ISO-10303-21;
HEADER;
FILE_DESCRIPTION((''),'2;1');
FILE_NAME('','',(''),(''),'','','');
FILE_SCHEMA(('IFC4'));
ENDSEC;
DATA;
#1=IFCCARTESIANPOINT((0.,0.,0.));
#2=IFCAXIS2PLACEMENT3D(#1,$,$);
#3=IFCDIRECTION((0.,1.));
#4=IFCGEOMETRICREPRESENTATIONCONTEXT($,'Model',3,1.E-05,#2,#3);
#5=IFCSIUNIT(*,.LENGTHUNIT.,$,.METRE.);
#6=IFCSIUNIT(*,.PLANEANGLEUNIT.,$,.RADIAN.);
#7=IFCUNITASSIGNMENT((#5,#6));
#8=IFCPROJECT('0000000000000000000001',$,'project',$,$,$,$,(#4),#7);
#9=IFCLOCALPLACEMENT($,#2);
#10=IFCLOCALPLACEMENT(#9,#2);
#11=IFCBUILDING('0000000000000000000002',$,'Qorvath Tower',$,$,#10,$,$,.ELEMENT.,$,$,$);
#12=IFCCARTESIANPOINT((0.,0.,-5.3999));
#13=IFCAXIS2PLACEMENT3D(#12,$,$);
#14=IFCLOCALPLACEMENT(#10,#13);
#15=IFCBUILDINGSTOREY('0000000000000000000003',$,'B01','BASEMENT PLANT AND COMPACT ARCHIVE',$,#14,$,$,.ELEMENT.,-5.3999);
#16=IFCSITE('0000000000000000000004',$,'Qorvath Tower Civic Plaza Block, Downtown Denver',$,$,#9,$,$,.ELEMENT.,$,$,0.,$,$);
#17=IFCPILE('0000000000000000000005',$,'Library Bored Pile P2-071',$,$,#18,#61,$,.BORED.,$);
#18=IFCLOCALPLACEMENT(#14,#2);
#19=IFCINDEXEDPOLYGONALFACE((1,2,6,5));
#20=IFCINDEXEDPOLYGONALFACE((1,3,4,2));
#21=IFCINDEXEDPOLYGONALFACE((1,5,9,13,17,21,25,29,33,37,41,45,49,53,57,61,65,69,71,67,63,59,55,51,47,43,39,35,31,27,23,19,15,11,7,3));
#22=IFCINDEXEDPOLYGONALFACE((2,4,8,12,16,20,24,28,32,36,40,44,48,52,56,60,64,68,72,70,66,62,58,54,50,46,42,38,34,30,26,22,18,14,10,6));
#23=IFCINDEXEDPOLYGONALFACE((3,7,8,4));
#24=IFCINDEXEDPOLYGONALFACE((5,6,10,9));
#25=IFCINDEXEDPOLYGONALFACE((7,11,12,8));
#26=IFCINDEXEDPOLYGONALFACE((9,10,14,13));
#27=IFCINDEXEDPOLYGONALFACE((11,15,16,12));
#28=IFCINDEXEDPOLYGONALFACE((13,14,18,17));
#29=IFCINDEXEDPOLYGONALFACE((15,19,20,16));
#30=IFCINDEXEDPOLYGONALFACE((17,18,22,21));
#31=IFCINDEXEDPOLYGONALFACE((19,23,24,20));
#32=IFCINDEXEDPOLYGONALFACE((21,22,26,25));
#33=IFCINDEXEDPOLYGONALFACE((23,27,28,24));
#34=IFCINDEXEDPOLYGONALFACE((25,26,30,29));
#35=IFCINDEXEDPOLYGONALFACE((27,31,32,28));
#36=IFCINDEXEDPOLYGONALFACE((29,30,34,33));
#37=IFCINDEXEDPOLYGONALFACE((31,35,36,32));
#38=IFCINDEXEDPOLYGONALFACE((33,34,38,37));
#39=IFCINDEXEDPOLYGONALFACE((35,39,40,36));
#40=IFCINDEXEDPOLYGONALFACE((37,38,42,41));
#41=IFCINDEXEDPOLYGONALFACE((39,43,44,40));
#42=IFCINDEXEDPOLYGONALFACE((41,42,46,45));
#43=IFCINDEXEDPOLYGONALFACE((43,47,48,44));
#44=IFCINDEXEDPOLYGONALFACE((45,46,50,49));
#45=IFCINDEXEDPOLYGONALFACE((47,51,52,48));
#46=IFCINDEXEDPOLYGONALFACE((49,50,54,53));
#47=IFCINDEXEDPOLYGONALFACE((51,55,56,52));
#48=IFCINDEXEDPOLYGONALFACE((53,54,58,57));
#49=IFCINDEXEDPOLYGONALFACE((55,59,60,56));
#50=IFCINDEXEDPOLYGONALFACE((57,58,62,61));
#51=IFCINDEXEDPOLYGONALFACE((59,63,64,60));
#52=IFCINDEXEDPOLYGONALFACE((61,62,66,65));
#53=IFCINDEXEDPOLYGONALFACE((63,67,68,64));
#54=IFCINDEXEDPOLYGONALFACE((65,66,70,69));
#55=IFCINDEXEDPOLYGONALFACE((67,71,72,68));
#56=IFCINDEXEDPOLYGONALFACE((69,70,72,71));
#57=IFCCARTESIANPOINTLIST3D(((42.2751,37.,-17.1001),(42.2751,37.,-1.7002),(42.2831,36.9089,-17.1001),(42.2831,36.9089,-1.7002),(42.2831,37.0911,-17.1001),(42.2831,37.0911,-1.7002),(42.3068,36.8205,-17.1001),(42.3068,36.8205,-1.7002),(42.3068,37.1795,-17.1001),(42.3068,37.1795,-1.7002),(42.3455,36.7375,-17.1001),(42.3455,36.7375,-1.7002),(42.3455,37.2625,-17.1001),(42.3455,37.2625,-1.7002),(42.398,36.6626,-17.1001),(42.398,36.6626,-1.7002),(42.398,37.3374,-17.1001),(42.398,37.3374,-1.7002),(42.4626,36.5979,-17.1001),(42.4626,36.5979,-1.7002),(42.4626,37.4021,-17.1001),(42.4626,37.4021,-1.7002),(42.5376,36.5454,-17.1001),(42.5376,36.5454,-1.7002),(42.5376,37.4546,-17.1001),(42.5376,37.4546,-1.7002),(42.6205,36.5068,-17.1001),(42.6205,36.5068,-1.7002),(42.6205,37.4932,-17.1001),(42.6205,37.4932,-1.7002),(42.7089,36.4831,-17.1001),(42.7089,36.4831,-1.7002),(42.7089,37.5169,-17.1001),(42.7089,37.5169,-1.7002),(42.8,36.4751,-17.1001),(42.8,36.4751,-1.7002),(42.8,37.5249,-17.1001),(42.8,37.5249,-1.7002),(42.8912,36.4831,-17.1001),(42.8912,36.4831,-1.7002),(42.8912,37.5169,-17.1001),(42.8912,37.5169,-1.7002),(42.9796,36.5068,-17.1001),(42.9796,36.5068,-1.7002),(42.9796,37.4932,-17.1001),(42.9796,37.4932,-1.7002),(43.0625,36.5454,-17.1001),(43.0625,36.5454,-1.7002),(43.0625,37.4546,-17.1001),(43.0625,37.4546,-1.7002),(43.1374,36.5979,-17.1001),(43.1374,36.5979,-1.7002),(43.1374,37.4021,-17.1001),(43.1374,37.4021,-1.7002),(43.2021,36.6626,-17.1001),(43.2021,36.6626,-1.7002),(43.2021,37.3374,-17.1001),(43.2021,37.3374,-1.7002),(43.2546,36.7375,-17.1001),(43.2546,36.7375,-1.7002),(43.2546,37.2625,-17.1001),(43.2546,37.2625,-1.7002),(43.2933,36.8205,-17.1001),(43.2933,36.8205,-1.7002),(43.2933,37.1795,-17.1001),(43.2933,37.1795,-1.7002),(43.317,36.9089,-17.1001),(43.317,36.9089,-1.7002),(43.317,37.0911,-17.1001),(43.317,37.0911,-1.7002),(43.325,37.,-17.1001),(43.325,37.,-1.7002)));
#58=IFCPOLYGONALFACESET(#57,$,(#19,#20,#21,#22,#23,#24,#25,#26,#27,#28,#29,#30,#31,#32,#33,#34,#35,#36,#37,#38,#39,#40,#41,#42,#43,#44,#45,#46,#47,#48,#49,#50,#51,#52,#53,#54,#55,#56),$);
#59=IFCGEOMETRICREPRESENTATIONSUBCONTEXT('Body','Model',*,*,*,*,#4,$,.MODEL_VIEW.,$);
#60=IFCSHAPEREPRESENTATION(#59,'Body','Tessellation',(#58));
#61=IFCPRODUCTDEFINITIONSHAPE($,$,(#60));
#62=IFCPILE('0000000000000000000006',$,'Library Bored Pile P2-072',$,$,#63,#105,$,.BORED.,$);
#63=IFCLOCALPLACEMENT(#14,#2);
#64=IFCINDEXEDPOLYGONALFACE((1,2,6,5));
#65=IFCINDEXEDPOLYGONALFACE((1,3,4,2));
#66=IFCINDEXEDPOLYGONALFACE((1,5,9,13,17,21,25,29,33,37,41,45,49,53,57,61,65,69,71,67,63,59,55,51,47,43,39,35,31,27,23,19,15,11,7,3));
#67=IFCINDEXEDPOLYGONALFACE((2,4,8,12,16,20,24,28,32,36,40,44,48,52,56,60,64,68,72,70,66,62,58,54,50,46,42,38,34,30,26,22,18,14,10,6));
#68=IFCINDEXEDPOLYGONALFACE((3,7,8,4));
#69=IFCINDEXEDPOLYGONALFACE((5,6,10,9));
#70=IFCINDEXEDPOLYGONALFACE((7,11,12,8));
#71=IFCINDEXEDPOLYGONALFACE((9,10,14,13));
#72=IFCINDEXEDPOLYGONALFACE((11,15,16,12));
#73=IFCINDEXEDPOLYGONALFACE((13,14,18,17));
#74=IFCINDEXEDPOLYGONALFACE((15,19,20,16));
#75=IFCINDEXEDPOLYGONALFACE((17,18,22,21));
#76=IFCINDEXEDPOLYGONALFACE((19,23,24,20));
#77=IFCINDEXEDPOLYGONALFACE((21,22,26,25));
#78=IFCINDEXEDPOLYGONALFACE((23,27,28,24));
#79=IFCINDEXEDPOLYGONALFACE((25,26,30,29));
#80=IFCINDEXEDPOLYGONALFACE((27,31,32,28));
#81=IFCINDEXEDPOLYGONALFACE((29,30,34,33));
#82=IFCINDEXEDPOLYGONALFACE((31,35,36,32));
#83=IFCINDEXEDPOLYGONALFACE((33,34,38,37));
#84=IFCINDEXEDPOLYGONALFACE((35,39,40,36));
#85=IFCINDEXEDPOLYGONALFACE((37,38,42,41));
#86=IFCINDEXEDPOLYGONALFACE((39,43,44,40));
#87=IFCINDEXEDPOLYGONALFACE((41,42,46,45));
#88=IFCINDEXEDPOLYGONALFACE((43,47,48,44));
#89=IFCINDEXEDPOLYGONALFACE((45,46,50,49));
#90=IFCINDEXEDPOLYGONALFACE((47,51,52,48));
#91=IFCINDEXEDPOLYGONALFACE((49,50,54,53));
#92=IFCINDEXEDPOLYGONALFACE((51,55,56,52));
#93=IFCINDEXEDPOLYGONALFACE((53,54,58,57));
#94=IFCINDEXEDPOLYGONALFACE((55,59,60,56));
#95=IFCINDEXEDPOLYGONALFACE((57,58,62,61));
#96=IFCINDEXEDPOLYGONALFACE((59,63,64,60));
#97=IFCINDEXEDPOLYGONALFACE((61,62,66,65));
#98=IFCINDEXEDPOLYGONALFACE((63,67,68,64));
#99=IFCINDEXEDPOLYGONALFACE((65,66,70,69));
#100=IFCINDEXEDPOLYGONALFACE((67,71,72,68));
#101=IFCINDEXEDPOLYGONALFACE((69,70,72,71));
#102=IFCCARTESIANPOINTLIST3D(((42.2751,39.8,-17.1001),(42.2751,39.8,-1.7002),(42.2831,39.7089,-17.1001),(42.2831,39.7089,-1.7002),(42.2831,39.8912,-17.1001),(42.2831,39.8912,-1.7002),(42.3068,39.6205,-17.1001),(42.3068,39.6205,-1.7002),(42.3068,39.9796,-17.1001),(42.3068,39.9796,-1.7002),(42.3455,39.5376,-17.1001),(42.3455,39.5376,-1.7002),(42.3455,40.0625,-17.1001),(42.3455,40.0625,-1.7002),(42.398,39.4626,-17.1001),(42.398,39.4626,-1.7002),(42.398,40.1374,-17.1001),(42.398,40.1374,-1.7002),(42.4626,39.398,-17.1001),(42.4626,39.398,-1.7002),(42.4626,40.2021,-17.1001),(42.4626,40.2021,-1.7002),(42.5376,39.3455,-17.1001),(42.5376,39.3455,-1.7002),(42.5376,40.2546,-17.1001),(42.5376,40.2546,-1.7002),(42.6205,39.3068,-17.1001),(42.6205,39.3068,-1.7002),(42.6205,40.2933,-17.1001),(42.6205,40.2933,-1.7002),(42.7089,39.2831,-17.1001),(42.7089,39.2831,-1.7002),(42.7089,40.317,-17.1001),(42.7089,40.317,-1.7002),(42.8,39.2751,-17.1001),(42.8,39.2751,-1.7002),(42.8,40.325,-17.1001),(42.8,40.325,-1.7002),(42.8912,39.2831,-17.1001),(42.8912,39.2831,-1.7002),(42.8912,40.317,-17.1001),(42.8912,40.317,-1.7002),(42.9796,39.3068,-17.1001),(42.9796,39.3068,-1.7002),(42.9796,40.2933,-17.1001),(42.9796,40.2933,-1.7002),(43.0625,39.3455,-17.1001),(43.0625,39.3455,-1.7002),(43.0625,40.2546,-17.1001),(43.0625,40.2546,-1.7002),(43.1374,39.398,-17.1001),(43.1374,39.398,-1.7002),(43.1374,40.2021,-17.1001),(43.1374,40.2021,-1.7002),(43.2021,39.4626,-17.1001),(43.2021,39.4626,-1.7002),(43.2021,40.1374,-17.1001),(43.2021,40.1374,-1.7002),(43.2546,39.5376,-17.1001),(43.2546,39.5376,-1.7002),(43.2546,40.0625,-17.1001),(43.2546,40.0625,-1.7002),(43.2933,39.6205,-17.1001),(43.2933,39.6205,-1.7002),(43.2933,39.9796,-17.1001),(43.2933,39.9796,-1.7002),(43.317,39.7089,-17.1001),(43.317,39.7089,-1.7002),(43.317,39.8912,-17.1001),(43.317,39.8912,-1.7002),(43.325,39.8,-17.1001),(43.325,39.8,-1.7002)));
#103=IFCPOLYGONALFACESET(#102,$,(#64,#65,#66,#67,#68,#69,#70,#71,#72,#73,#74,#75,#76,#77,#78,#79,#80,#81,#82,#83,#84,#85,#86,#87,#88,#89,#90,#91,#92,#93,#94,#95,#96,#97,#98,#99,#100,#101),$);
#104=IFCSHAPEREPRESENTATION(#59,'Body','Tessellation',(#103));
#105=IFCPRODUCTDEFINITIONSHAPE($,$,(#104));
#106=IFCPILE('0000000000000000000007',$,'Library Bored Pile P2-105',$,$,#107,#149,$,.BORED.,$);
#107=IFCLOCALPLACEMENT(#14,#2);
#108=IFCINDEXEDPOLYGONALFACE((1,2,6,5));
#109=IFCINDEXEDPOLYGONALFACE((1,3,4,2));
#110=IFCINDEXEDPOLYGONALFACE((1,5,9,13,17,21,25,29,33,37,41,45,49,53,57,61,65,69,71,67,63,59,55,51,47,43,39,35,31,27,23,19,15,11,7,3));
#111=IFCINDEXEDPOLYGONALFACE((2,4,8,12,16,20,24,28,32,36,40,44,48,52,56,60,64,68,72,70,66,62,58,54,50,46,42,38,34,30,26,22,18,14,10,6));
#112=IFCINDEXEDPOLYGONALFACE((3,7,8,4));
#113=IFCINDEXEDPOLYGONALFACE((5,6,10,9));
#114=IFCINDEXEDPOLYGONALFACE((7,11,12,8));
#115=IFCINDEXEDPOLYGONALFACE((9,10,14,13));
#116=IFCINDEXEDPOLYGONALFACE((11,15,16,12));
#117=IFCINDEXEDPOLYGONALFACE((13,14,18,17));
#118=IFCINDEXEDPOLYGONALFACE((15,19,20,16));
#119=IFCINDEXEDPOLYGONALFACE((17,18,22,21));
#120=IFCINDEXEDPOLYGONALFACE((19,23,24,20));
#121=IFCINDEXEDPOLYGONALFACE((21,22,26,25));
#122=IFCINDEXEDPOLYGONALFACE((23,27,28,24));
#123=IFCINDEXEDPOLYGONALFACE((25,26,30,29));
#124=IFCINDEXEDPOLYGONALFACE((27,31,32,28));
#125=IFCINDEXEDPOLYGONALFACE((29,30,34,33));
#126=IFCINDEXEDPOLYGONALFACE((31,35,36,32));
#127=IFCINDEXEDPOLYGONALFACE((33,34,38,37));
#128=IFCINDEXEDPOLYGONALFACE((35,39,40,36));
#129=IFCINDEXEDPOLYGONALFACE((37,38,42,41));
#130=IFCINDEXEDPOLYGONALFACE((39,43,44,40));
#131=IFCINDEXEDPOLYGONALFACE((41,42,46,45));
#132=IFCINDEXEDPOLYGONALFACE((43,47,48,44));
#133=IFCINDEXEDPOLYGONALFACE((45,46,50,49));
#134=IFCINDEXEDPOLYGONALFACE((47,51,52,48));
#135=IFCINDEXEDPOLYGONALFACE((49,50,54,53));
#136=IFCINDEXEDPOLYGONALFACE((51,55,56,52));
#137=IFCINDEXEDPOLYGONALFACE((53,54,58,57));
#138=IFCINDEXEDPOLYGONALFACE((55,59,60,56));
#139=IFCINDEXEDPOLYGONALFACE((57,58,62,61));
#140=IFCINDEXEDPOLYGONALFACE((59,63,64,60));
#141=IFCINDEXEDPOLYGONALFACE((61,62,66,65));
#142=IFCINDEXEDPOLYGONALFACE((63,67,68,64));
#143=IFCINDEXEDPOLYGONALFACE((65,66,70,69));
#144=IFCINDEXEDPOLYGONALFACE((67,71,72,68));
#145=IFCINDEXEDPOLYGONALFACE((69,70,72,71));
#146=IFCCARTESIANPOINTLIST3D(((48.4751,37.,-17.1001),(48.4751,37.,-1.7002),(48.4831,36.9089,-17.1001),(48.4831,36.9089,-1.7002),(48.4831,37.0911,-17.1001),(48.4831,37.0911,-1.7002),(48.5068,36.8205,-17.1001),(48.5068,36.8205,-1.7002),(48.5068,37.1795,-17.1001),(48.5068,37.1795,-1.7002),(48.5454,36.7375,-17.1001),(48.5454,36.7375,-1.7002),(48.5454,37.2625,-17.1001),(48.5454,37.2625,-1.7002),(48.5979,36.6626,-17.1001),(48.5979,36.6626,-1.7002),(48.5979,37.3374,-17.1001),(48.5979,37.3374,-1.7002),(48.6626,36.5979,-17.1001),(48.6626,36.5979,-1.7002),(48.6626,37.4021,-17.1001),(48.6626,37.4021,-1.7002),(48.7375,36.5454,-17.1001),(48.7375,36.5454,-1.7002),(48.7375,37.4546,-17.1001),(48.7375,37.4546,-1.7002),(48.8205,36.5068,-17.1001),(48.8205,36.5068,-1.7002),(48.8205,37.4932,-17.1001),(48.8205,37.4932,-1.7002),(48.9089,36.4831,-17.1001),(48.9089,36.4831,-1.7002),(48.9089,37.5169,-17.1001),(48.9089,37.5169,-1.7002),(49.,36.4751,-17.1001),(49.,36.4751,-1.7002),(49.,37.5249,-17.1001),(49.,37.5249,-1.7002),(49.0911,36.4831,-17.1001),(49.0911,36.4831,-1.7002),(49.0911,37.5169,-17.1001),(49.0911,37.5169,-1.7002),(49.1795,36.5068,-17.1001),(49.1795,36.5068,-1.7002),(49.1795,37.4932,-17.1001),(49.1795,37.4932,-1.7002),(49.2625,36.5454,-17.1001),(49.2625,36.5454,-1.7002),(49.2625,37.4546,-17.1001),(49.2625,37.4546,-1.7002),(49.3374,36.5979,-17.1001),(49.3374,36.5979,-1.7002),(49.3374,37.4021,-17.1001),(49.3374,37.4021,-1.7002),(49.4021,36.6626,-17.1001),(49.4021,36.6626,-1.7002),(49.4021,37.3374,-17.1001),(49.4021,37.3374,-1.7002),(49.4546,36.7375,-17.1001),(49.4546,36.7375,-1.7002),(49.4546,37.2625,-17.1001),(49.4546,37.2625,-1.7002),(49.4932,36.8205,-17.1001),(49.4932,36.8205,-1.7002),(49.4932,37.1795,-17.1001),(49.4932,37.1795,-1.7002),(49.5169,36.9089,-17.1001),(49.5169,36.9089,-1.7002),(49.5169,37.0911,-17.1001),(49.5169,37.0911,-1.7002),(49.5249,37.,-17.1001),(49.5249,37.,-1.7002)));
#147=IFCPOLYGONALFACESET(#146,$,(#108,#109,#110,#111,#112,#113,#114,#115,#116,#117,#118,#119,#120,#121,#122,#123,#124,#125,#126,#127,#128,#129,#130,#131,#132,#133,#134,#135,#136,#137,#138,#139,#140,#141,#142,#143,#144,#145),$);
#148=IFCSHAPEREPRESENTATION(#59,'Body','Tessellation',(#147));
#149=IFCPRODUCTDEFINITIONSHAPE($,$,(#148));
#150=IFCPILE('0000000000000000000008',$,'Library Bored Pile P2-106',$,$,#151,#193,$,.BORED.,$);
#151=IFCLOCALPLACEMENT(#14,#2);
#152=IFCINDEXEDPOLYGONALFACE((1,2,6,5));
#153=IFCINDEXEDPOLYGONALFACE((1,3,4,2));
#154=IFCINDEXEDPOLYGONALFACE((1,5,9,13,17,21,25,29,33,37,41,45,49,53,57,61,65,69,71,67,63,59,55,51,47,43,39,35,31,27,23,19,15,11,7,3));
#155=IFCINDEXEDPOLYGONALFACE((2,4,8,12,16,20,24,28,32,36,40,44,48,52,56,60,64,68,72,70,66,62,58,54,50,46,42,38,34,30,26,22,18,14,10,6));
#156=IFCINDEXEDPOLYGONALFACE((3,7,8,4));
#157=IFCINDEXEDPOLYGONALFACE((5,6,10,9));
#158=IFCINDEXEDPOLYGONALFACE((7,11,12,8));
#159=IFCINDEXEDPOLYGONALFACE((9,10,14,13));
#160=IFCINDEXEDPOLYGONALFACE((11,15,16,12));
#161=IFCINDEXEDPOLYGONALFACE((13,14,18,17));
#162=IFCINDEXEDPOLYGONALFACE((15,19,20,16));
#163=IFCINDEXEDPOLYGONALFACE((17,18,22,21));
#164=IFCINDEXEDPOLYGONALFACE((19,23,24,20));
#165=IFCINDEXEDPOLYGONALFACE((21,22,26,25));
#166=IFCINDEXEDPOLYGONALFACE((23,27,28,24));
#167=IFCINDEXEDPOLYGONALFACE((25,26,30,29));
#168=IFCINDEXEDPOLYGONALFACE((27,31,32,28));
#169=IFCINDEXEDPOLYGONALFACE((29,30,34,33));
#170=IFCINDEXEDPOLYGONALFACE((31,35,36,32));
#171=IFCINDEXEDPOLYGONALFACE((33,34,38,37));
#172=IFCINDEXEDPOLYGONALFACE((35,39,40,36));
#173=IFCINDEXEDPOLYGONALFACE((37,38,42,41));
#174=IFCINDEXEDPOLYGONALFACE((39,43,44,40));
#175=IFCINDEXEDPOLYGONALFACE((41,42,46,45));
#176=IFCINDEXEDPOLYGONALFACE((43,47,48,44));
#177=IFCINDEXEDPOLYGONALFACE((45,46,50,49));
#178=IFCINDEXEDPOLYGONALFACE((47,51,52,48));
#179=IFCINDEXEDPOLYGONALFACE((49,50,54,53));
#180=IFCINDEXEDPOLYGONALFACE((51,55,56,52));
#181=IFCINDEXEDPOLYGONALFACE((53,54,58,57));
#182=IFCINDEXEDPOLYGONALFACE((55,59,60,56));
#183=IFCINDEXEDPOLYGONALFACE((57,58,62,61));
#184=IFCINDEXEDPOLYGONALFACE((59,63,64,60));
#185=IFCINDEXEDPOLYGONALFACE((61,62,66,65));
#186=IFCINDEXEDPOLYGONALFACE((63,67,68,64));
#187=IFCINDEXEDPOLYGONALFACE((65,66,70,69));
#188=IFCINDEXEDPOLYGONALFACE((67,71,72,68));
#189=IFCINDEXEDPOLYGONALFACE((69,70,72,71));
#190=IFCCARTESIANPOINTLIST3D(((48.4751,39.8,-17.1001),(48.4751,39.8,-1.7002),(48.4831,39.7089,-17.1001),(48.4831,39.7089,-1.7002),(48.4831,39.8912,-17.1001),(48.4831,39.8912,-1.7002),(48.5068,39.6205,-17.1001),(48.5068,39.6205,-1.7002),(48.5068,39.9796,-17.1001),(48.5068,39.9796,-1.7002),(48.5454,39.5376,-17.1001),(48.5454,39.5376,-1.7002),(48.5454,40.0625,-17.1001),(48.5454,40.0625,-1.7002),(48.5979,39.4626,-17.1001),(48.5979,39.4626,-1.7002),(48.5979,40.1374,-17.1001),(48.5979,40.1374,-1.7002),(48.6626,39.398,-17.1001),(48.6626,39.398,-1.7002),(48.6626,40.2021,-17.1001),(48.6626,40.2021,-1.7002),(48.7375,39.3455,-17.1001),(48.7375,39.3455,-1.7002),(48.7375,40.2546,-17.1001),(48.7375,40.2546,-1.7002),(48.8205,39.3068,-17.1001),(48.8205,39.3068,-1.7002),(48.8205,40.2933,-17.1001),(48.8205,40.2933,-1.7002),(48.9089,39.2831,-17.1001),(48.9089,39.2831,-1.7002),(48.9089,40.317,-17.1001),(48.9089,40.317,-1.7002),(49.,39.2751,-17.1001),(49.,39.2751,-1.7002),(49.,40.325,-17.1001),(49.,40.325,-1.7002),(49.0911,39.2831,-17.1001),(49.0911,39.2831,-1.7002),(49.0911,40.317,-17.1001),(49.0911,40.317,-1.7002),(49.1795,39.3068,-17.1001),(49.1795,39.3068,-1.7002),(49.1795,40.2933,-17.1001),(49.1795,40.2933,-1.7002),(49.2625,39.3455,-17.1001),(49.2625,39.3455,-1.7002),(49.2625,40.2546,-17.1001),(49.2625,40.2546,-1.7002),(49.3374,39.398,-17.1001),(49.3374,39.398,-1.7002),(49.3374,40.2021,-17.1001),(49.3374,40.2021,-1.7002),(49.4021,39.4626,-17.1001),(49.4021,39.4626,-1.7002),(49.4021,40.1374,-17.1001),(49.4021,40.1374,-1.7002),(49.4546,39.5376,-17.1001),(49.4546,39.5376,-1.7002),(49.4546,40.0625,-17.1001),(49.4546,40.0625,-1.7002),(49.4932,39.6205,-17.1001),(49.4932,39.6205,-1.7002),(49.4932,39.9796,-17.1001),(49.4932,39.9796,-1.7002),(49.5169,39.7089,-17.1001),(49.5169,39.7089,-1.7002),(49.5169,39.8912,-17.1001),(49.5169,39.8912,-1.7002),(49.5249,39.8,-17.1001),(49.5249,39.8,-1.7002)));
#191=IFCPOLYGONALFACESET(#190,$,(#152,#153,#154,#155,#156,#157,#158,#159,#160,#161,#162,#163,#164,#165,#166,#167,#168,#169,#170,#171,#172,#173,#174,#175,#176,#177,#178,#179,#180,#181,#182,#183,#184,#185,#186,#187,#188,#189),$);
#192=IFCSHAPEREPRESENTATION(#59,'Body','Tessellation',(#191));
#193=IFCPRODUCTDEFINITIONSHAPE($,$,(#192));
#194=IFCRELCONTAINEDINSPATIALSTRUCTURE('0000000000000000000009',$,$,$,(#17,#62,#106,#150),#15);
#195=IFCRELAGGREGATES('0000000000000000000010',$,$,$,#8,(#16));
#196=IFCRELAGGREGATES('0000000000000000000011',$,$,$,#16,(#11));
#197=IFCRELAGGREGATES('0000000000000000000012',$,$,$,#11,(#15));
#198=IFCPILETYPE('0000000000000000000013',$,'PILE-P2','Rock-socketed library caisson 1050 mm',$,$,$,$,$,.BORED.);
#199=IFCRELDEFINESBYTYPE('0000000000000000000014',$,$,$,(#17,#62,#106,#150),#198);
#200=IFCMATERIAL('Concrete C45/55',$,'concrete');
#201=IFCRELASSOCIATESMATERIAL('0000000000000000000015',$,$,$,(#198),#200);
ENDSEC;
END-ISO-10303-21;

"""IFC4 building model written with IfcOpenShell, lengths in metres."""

from ifc_helpers import new_model, si_unit, direction, frame, origin, origin_2d, place, context, subcontext, project, spatial, circle, extrude, material, material_profile, profile_set, type_object, element, save


model = new_model("IFC4")

# Units and contexts
model_context = context("Model", 3, precision=1e-05, world=origin(), true_north=direction((0.0, 1.0)))
body_context = subcontext(model_context, "Body", "Model", "MODEL_VIEW")
ifc_project = project(units=[si_unit("LENGTHUNIT", "METRE"), si_unit("PLANEANGLEUNIT", "RADIAN")], contexts=[model_context])

# Site, building, storey
site_placement = place(None, origin())
site = spatial("IfcSite", under=ifc_project, at=site_placement, Name="Qorvath Tower Civic Plaza Block, Downtown Denver", CompositionType="ELEMENT", RefElevation=0.0)
building_placement = place(site_placement, origin())
building = spatial("IfcBuilding", under=site, at=building_placement, Name="Qorvath Tower", CompositionType="ELEMENT")
storey_placement = place(building_placement, frame((0.0, 0.0, -5.3999)))
storey = spatial("IfcBuildingStorey", under=building, at=storey_placement, Name="B01", Description="BASEMENT PLANT AND COMPACT ARCHIVE", CompositionType="ELEMENT", Elevation=-5.3999)

# Piles
ifc_material_1 = material(Name="Concrete C45/55", Category="concrete")
ifc_material_profile_1 = material_profile(ifc_material_1, circle(Radius=0.5249, at=origin_2d()), Name="BORED PILE 1050")
ifc_profile_set_1 = profile_set([ifc_material_profile_1], Name="Concrete C45/55")
pile_type = type_object("IfcPileType", Name="PILE-P2", Description="Rock-socketed library caisson 1050 mm", PredefinedType="BORED", material=ifc_profile_set_1)
for number, where, z_axis, x_axis, name in (
    (1, (42.8, 37.0, -1.7002), (0.0, 0.0, -1.0), (1.0, 0.0, 0.0), "Library Bored Pile P2-071"),
    (2, (42.8, 39.8, -1.7002), (0.0, 0.0, -1.0), (1.0, 0.0, 0.0), "Library Bored Pile P2-072"),
    (3, (49.0, 37.0, -1.7002), (0.0, 0.0, -1.0), (1.0, 0.0, 0.0), "Library Bored Pile P2-105"),
    (4, (49.0, 39.8, -1.7002), (0.0, 0.0, -1.0), (1.0, 0.0, 0.0), "Library Bored Pile P2-106"),
):
    element("IfcPile", number, at=place(storey_placement, frame(where, z_axis=z_axis, x_axis=x_axis)), inside=storey, type_object=pile_type, Name=name, PredefinedType="BORED", context=body_context, shape_type="SweptSolid", body=[
        extrude(circle(Radius=0.5249, at=origin_2d()), origin(), (0.0, 0.0, 1.0), 15.3999),
    ])

save(model, "model.ifc")
